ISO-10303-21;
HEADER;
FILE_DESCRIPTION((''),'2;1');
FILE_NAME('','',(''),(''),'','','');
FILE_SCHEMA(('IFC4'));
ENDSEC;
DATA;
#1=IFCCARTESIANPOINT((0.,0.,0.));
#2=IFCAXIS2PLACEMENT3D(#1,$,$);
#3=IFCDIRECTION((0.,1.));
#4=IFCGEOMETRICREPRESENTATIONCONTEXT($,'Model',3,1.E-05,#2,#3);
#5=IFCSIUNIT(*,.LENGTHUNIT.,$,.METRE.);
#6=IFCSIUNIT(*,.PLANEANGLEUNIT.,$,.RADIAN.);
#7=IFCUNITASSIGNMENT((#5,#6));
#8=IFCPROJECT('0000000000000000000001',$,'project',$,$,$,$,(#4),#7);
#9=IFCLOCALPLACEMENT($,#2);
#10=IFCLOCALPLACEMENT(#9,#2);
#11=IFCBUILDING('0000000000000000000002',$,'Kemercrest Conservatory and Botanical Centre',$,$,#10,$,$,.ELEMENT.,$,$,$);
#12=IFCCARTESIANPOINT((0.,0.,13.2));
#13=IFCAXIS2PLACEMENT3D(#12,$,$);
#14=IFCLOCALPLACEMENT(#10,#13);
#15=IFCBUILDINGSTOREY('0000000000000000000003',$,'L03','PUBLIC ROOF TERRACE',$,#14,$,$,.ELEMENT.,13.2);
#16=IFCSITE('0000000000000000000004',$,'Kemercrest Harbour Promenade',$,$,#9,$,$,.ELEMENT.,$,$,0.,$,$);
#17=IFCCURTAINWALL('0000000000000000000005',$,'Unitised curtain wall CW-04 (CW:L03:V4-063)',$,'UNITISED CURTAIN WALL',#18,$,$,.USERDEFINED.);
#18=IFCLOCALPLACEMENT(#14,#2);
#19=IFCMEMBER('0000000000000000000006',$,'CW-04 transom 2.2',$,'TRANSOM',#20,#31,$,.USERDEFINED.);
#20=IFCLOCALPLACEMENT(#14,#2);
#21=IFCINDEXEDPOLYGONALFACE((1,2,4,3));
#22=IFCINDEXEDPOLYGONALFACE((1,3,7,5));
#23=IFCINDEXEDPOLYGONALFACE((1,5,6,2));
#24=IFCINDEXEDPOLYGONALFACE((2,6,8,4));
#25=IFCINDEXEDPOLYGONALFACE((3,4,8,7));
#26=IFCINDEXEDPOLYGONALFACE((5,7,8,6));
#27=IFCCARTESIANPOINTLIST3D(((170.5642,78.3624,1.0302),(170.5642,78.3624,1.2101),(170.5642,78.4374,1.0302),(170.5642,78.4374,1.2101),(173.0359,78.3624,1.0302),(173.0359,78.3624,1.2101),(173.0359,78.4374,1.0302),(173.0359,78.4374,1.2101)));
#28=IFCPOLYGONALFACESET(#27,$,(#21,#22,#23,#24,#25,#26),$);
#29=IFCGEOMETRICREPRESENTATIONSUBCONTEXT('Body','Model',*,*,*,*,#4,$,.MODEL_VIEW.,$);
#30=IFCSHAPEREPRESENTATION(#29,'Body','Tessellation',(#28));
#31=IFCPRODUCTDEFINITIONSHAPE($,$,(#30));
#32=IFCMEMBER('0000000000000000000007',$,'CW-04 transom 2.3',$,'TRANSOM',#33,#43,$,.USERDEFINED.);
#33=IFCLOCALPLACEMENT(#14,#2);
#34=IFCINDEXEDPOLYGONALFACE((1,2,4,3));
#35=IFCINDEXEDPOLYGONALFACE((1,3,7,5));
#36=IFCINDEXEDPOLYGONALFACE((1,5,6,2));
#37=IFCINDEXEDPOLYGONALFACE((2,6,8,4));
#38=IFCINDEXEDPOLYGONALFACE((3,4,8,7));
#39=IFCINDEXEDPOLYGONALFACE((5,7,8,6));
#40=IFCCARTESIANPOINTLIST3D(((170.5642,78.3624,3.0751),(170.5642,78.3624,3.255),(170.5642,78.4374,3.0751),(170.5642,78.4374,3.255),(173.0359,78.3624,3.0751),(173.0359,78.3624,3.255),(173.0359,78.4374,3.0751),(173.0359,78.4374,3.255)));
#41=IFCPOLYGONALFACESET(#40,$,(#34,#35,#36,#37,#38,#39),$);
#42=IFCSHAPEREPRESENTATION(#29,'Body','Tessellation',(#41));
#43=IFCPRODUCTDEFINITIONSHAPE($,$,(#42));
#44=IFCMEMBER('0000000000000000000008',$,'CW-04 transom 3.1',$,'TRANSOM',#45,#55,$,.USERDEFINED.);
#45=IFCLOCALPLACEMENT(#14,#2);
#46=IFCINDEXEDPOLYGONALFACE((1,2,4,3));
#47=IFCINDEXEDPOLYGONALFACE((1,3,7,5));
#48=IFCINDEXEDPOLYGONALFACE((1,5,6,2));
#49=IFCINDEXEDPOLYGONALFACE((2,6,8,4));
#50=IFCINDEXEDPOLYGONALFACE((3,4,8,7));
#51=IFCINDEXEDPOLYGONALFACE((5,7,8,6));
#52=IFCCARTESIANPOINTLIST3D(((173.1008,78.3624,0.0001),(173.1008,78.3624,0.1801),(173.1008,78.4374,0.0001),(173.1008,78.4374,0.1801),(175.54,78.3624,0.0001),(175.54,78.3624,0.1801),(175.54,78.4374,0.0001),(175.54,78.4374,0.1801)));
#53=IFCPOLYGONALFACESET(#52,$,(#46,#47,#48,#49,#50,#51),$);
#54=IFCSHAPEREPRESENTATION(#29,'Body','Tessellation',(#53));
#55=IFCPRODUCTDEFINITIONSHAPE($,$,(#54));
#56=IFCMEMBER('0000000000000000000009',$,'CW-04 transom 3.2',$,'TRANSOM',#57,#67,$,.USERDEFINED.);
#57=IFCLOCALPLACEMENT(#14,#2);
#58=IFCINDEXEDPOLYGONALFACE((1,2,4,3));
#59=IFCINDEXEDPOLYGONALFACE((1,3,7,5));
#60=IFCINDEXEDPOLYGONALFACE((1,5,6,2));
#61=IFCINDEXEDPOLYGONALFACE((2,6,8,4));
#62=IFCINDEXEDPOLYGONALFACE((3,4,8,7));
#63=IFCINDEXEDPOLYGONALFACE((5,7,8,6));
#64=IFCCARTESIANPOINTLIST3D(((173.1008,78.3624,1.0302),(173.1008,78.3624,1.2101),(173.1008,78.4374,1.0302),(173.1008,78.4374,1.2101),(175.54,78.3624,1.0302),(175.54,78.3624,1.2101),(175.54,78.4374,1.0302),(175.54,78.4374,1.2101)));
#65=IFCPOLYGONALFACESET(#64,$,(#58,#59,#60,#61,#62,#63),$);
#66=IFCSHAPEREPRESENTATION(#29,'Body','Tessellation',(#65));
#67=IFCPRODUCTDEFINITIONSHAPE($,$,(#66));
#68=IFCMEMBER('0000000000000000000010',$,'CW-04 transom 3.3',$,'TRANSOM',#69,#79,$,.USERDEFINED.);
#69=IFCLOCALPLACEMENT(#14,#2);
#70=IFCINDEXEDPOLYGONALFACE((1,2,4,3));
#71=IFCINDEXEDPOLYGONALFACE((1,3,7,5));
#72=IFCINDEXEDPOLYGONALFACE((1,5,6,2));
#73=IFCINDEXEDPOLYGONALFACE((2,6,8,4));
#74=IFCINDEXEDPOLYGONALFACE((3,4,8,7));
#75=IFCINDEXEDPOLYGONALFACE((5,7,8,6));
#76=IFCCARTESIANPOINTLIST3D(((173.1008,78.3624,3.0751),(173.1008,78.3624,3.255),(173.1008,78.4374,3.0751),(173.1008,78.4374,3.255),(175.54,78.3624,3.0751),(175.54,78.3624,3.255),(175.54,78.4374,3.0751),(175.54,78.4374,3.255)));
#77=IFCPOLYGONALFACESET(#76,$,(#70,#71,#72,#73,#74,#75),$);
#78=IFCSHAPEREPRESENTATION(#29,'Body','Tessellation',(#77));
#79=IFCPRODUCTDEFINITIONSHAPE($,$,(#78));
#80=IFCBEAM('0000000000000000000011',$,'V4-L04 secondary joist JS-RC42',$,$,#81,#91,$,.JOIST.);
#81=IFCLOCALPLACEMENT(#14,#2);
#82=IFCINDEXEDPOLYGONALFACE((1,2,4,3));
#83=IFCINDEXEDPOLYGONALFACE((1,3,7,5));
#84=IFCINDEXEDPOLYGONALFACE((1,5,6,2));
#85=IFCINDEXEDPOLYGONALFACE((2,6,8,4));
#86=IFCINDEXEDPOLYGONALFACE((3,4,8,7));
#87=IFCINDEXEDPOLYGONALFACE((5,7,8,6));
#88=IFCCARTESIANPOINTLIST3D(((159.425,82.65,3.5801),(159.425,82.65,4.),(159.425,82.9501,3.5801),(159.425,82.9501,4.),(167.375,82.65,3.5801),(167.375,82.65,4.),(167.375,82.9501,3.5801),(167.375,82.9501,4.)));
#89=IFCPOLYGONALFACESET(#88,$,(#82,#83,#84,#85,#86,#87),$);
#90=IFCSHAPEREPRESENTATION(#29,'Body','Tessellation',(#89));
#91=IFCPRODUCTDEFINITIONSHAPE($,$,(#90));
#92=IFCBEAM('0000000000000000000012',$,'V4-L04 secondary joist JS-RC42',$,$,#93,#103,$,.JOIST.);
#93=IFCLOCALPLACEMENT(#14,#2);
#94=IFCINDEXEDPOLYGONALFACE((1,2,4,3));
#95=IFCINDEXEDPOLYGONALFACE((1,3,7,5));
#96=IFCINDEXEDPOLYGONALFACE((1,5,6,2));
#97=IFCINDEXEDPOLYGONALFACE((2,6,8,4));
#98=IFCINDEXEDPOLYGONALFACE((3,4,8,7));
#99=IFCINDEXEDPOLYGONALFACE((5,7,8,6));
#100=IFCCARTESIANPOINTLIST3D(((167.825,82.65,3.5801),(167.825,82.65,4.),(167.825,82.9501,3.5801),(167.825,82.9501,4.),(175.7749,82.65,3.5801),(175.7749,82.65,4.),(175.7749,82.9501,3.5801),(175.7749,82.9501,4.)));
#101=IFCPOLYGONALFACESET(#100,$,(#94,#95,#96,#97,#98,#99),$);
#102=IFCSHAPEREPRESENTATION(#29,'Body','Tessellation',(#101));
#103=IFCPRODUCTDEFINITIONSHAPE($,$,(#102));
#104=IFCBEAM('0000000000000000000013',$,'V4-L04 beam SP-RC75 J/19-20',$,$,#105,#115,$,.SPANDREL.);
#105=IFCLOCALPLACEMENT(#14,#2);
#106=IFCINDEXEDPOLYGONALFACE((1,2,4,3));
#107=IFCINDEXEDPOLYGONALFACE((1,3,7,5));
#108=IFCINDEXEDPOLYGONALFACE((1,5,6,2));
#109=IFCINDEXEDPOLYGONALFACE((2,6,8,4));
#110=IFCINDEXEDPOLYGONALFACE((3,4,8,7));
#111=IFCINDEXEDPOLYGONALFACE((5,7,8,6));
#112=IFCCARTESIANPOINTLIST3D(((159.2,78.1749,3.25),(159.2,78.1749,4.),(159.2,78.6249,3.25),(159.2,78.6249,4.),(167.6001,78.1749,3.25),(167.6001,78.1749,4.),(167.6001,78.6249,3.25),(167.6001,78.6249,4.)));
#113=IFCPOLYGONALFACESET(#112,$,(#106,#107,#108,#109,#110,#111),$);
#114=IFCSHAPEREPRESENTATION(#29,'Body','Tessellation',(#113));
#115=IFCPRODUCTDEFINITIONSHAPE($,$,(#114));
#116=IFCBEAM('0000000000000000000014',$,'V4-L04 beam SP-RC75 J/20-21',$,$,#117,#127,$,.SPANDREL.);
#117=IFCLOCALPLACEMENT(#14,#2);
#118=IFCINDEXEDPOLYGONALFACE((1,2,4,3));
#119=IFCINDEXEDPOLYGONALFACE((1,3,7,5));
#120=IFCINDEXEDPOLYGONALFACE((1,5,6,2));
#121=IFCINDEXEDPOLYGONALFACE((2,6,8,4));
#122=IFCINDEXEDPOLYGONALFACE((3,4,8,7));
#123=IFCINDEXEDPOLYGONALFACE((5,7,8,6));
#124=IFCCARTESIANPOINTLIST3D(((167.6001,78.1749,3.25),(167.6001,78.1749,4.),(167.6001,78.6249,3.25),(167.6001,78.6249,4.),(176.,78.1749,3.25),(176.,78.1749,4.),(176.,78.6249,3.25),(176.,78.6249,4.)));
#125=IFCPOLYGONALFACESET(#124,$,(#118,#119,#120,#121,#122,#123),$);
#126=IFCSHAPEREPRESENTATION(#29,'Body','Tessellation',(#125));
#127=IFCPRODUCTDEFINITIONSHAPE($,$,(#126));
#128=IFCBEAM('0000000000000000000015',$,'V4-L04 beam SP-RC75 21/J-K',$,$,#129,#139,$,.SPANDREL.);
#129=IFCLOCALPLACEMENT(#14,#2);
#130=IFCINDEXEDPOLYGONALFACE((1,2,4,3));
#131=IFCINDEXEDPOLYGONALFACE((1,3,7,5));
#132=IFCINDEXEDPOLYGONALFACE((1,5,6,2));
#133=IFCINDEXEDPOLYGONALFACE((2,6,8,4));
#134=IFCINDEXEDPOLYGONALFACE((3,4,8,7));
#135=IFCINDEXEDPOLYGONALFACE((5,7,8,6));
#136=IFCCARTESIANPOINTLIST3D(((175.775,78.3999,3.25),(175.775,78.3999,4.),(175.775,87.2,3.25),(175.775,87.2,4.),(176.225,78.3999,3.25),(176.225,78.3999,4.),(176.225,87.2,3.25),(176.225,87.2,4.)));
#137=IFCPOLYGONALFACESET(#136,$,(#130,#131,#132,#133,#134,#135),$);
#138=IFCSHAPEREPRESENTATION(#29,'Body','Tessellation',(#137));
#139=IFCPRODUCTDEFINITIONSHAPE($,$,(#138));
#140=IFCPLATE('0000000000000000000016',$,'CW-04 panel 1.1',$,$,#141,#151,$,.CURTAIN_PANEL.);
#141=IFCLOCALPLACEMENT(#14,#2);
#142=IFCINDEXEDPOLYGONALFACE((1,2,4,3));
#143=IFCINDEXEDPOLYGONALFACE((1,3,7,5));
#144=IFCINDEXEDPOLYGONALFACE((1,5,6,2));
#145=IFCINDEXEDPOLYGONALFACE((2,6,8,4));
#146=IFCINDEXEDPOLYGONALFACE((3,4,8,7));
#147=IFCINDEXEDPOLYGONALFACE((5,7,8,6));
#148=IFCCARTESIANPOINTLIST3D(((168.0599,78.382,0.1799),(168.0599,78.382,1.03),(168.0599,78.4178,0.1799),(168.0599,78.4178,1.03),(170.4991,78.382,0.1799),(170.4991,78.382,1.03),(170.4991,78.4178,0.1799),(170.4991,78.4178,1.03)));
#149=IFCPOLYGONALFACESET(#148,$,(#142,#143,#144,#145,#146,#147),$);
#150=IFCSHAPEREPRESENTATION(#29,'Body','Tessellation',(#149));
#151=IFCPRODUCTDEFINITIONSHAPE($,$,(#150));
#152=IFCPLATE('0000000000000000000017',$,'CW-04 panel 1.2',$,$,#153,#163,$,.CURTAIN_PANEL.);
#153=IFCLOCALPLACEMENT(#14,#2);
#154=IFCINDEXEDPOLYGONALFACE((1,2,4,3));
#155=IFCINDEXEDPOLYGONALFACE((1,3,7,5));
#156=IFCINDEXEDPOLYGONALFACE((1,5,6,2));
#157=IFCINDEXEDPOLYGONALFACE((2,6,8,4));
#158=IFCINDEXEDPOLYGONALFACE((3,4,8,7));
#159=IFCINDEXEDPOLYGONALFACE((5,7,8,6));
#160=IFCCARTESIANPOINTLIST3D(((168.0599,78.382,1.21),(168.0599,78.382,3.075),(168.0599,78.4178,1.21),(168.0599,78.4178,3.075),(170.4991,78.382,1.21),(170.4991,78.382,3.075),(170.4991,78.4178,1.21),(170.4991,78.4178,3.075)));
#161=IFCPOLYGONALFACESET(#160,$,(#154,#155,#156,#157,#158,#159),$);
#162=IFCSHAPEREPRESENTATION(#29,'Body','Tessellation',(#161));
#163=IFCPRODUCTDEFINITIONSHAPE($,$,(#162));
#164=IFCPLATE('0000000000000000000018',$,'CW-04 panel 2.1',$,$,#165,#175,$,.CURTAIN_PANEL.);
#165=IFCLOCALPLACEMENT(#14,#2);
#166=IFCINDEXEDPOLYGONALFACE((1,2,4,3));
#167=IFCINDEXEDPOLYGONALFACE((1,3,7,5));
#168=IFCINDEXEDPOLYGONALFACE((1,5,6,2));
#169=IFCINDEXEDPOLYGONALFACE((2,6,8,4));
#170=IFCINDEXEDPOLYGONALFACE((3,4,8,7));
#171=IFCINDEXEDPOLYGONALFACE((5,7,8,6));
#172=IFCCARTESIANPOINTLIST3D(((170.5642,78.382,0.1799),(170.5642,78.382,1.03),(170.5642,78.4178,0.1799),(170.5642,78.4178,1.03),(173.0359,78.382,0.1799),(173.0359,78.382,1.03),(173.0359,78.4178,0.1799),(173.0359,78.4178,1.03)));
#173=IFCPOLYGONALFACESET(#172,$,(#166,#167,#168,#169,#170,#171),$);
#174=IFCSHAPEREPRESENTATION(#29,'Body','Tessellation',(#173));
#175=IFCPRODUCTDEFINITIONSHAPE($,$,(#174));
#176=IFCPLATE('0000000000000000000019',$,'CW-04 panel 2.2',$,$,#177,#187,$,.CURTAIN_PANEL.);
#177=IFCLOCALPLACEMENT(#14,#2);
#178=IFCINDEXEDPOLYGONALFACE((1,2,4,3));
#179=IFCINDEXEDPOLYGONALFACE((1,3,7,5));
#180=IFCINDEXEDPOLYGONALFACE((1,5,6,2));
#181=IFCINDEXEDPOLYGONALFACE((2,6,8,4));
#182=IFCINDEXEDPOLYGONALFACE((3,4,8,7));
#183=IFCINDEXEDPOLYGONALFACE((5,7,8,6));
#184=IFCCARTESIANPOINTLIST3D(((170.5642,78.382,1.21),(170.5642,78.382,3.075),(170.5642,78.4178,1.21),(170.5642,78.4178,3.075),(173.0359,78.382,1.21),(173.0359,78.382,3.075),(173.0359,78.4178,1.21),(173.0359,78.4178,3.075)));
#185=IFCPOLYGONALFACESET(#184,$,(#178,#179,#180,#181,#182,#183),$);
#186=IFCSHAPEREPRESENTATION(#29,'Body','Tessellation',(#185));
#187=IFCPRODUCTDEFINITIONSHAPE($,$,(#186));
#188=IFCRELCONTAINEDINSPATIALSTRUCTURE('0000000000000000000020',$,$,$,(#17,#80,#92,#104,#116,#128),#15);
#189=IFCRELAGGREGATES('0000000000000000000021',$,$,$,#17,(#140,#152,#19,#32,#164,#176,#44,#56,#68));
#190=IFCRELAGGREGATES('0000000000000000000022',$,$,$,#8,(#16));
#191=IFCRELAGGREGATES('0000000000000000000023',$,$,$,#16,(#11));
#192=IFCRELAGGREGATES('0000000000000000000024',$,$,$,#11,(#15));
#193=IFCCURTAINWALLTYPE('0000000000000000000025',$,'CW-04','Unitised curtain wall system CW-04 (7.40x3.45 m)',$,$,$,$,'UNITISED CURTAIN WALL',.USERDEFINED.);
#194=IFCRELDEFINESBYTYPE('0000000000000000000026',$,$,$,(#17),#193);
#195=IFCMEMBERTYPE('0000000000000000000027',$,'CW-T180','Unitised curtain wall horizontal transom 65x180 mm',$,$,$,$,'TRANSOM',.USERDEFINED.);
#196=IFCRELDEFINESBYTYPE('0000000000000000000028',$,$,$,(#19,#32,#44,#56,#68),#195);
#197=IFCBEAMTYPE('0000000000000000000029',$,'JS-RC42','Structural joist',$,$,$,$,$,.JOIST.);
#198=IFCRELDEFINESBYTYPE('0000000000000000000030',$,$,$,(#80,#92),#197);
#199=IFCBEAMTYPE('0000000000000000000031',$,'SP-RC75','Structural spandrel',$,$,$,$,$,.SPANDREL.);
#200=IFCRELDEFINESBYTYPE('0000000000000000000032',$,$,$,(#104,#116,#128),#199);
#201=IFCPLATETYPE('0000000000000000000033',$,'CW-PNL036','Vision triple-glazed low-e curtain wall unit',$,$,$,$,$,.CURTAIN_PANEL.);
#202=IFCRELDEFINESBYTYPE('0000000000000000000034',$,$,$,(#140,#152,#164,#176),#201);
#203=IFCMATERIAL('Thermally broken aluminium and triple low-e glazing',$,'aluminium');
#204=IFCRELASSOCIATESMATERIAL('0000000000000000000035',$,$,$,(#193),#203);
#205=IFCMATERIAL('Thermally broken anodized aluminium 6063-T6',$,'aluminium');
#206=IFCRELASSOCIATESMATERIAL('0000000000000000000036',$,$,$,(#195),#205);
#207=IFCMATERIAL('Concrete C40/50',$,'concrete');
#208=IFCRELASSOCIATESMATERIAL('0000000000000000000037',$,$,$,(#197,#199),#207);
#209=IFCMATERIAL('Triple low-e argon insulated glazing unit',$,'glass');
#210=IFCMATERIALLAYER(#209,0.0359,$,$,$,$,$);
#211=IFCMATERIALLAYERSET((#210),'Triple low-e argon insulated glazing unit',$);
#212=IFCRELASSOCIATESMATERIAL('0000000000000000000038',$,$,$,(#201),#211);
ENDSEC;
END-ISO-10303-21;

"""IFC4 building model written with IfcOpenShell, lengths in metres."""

from ifc_helpers import new_model, si_unit, direction, frame, origin, origin_2d, place, context, subcontext, project, spatial, rectangle, extrude, material, layer, layer_set, material_profile, profile_set, type_object, element, aggregate, save


model = new_model("IFC4")

# Units and contexts
model_context = context("Model", 3, precision=1e-05, world=origin(), true_north=direction((0.0, 1.0)))
body_context = subcontext(model_context, "Body", "Model", "MODEL_VIEW")
ifc_project = project(units=[si_unit("LENGTHUNIT", "METRE"), si_unit("PLANEANGLEUNIT", "RADIAN")], contexts=[model_context])

# Site, building, storey
site_placement = place(None, origin())
site = spatial("IfcSite", under=ifc_project, at=site_placement, Name="Kemercrest Harbour Promenade", CompositionType="ELEMENT", RefElevation=0.0)
building_placement = place(site_placement, origin())
building = spatial("IfcBuilding", under=site, at=building_placement, Name="Kemercrest Conservatory and Botanical Centre", CompositionType="ELEMENT")
storey_placement = place(building_placement, frame((0.0, 0.0, 13.2)))
storey = spatial("IfcBuildingStorey", under=building, at=storey_placement, Name="L03", Description="PUBLIC ROOF TERRACE", CompositionType="ELEMENT", Elevation=13.2)

# Shared definitions
ifc_material_1 = material(Name="Concrete C40/50", Category="concrete")

# Curtain wall, members
ifc_material_2 = material(Name="Thermally broken aluminium and triple low-e glazing", Category="aluminium")
curtain_wall_type = type_object("IfcCurtainWallType", Name="CW-04", Description="Unitised curtain wall system CW-04 (7.40x3.45 m)", ElementType="UNITISED CURTAIN WALL", PredefinedType="USERDEFINED", material=ifc_material_2)
curtain_wall_placement = place(storey_placement, origin())
curtain_wall = element("IfcCurtainWall", 1, at=curtain_wall_placement, inside=storey, type_object=curtain_wall_type, Name="Unitised curtain wall CW-04 (CW:L03:V4-063)", ObjectType="UNITISED CURTAIN WALL", PredefinedType="USERDEFINED")
ifc_material_3 = material(Name="Thermally broken anodized aluminium 6063-T6", Category="aluminium")
ifc_material_profile_1 = material_profile(ifc_material_3, rectangle(XDim=0.075, YDim=0.1799, at=origin_2d()), Name="AL TRANSOM 75x180")
ifc_profile_set_1 = profile_set([ifc_material_profile_1], Name="Thermally broken anodized aluminium 6063-T6")
member_type_1 = type_object("IfcMemberType", Name="CW-T180", Description="Unitised curtain wall horizontal transom 65x180 mm", ElementType="TRANSOM", PredefinedType="USERDEFINED", material=ifc_profile_set_1)
member_1_placement = place(storey_placement, frame((170.5642, 78.3999, 1.1201), z_axis=(1.0, 0.0, 0.0), x_axis=(0.0, 1.0, 0.0)))
member_1 = element("IfcMember", 2, at=member_1_placement, type_object=member_type_1, Name="CW-04 transom 2.2", ObjectType="TRANSOM", PredefinedType="USERDEFINED", context=body_context, shape_type="SweptSolid", body=[
    extrude(rectangle(XDim=0.075, YDim=0.1799, at=origin_2d()), origin(), (0.0, 0.0, 1.0), 2.4717),
])
member_2_placement = place(storey_placement, frame((170.5642, 78.3999, 3.165), z_axis=(1.0, 0.0, 0.0), x_axis=(0.0, 1.0, 0.0)))
member_2 = element("IfcMember", 3, at=member_2_placement, type_object=member_type_1, Name="CW-04 transom 2.3", ObjectType="TRANSOM", PredefinedType="USERDEFINED", context=body_context, shape_type="SweptSolid", body=[
    extrude(rectangle(XDim=0.075, YDim=0.1799, at=origin_2d()), origin(), (0.0, 0.0, 1.0), 2.4717),
])
member_3_placement = place(storey_placement, frame((173.1008, 78.3999, 0.0901), z_axis=(1.0, 0.0, 0.0), x_axis=(0.0, 1.0, 0.0)))
member_3 = element("IfcMember", 4, at=member_3_placement, type_object=member_type_1, Name="CW-04 transom 3.1", ObjectType="TRANSOM", PredefinedType="USERDEFINED", context=body_context, shape_type="SweptSolid", body=[
    extrude(rectangle(XDim=0.075, YDim=0.1799, at=origin_2d()), origin(), (0.0, 0.0, 1.0), 2.4392),
])
member_4_placement = place(storey_placement, frame((173.1008, 78.3999, 1.1201), z_axis=(1.0, 0.0, 0.0), x_axis=(0.0, 1.0, 0.0)))
member_4 = element("IfcMember", 5, at=member_4_placement, type_object=member_type_1, Name="CW-04 transom 3.2", ObjectType="TRANSOM", PredefinedType="USERDEFINED", context=body_context, shape_type="SweptSolid", body=[
    extrude(rectangle(XDim=0.075, YDim=0.1799, at=origin_2d()), origin(), (0.0, 0.0, 1.0), 2.4392),
])
member_5_placement = place(storey_placement, frame((173.1008, 78.3999, 3.165), z_axis=(1.0, 0.0, 0.0), x_axis=(0.0, 1.0, 0.0)))
member_5 = element("IfcMember", 6, at=member_5_placement, type_object=member_type_1, Name="CW-04 transom 3.3", ObjectType="TRANSOM", PredefinedType="USERDEFINED", context=body_context, shape_type="SweptSolid", body=[
    extrude(rectangle(XDim=0.075, YDim=0.1799, at=origin_2d()), origin(), (0.0, 0.0, 1.0), 2.4392),
])

# Beams
ifc_material_profile_2 = material_profile(ifc_material_1, rectangle(XDim=0.3, YDim=0.4199, at=origin_2d()), Name="RC 300x420")
ifc_profile_set_2 = profile_set([ifc_material_profile_2], Name="Concrete C40/50")
beam_type_1 = type_object("IfcBeamType", Name="JS-RC42", Description="Structural joist", PredefinedType="JOIST", material=ifc_profile_set_2)
for number, where, z_axis, x_axis, name in (
    (7, (159.425, 82.8, 3.79), (1.0, 0.0, 0.0), (0.0, 1.0, 0.0), "V4-L04 secondary joist JS-RC42"),
    (8, (167.825, 82.8, 3.79), (1.0, 0.0, 0.0), (0.0, 1.0, 0.0), "V4-L04 secondary joist JS-RC42"),
):
    element("IfcBeam", number, at=place(storey_placement, frame(where, z_axis=z_axis, x_axis=x_axis)), inside=storey, type_object=beam_type_1, Name=name, PredefinedType="JOIST", context=body_context, shape_type="SweptSolid", body=[
        extrude(rectangle(XDim=0.3, YDim=0.4199, at=origin_2d()), origin(), (0.0, 0.0, 1.0), 7.95),
    ])
ifc_material_profile_3 = material_profile(ifc_material_1, rectangle(XDim=0.45, YDim=0.75, at=origin_2d()), Name="RC 450x750")
ifc_profile_set_3 = profile_set([ifc_material_profile_3], Name="Concrete C40/50")
beam_type_2 = type_object("IfcBeamType", Name="SP-RC75", Description="Structural spandrel", PredefinedType="SPANDREL", material=ifc_profile_set_3)
beam_1_placement = place(storey_placement, frame((159.2, 78.3999, 3.625), z_axis=(1.0, 0.0, 0.0), x_axis=(0.0, 1.0, 0.0)))
element("IfcBeam", 9, at=beam_1_placement, inside=storey, type_object=beam_type_2, Name="V4-L04 beam SP-RC75 J/19-20", PredefinedType="SPANDREL", context=body_context, shape_type="SweptSolid", body=[
    extrude(rectangle(XDim=0.45, YDim=0.75, at=origin_2d()), origin(), (0.0, 0.0, 1.0), 8.4001),
])
beam_2_placement = place(storey_placement, frame((167.6001, 78.3999, 3.625), z_axis=(1.0, 0.0, 0.0), x_axis=(0.0, 1.0, 0.0)))
element("IfcBeam", 10, at=beam_2_placement, inside=storey, type_object=beam_type_2, Name="V4-L04 beam SP-RC75 J/20-21", PredefinedType="SPANDREL", context=body_context, shape_type="SweptSolid", body=[
    extrude(rectangle(XDim=0.45, YDim=0.75, at=origin_2d()), origin(), (0.0, 0.0, 1.0), 8.3999),
])
beam_3_placement = place(storey_placement, frame((176.0, 78.3999, 3.625), z_axis=(0.0, 1.0, 0.0), x_axis=(-1.0, 0.0, 0.0)))
element("IfcBeam", 11, at=beam_3_placement, inside=storey, type_object=beam_type_2, Name="V4-L04 beam SP-RC75 21/J-K", PredefinedType="SPANDREL", context=body_context, shape_type="SweptSolid", body=[
    extrude(rectangle(XDim=0.45, YDim=0.75, at=origin_2d()), origin(), (0.0, 0.0, 1.0), 8.8),
])

# Plates
ifc_material_4 = material(Name="Triple low-e argon insulated glazing unit", Category="glass")
ifc_layer_1 = layer(ifc_material_4, 0.0359)
ifc_layer_set_1 = layer_set([ifc_layer_1], Name="Triple low-e argon insulated glazing unit")
plate_type = type_object("IfcPlateType", Name="CW-PNL036", Description="Vision triple-glazed low-e curtain wall unit", PredefinedType="CURTAIN_PANEL", material=ifc_layer_set_1)
plate_1_placement = place(storey_placement, frame((169.2795, 78.3999, 0.1799), z_axis=(0.0, 0.0, 1.0), x_axis=(1.0, 0.0, 0.0)))
plate_1 = element("IfcPlate", 12, at=plate_1_placement, type_object=plate_type, Name="CW-04 panel 1.1", PredefinedType="CURTAIN_PANEL", context=body_context, shape_type="SweptSolid", body=[
    extrude(rectangle(XDim=2.4392, YDim=0.0359, at=origin_2d()), origin(), (0.0, 0.0, 1.0), 0.8501),
])
plate_2_placement = place(storey_placement, frame((169.2795, 78.3999, 1.21), z_axis=(0.0, 0.0, 1.0), x_axis=(1.0, 0.0, 0.0)))
plate_2 = element("IfcPlate", 13, at=plate_2_placement, type_object=plate_type, Name="CW-04 panel 1.2", PredefinedType="CURTAIN_PANEL", context=body_context, shape_type="SweptSolid", body=[
    extrude(rectangle(XDim=2.4392, YDim=0.0359, at=origin_2d()), origin(), (0.0, 0.0, 1.0), 1.865),
])
plate_3_placement = place(storey_placement, frame((171.8, 78.3999, 0.1799), z_axis=(0.0, 0.0, 1.0), x_axis=(1.0, 0.0, 0.0)))
plate_3 = element("IfcPlate", 14, at=plate_3_placement, type_object=plate_type, Name="CW-04 panel 2.1", PredefinedType="CURTAIN_PANEL", context=body_context, shape_type="SweptSolid", body=[
    extrude(rectangle(XDim=2.4717, YDim=0.0359, at=origin_2d()), origin(), (0.0, 0.0, 1.0), 0.8501),
])
plate_4_placement = place(storey_placement, frame((171.8, 78.3999, 1.21), z_axis=(0.0, 0.0, 1.0), x_axis=(1.0, 0.0, 0.0)))
plate_4 = element("IfcPlate", 15, at=plate_4_placement, type_object=plate_type, Name="CW-04 panel 2.2", PredefinedType="CURTAIN_PANEL", context=body_context, shape_type="SweptSolid", body=[
    extrude(rectangle(XDim=2.4717, YDim=0.0359, at=origin_2d()), origin(), (0.0, 0.0, 1.0), 1.865),
])
aggregate(curtain_wall, [plate_1, plate_2, member_1, member_2, plate_3, plate_4, member_3, member_4, member_5])

save(model, "model.ifc")
